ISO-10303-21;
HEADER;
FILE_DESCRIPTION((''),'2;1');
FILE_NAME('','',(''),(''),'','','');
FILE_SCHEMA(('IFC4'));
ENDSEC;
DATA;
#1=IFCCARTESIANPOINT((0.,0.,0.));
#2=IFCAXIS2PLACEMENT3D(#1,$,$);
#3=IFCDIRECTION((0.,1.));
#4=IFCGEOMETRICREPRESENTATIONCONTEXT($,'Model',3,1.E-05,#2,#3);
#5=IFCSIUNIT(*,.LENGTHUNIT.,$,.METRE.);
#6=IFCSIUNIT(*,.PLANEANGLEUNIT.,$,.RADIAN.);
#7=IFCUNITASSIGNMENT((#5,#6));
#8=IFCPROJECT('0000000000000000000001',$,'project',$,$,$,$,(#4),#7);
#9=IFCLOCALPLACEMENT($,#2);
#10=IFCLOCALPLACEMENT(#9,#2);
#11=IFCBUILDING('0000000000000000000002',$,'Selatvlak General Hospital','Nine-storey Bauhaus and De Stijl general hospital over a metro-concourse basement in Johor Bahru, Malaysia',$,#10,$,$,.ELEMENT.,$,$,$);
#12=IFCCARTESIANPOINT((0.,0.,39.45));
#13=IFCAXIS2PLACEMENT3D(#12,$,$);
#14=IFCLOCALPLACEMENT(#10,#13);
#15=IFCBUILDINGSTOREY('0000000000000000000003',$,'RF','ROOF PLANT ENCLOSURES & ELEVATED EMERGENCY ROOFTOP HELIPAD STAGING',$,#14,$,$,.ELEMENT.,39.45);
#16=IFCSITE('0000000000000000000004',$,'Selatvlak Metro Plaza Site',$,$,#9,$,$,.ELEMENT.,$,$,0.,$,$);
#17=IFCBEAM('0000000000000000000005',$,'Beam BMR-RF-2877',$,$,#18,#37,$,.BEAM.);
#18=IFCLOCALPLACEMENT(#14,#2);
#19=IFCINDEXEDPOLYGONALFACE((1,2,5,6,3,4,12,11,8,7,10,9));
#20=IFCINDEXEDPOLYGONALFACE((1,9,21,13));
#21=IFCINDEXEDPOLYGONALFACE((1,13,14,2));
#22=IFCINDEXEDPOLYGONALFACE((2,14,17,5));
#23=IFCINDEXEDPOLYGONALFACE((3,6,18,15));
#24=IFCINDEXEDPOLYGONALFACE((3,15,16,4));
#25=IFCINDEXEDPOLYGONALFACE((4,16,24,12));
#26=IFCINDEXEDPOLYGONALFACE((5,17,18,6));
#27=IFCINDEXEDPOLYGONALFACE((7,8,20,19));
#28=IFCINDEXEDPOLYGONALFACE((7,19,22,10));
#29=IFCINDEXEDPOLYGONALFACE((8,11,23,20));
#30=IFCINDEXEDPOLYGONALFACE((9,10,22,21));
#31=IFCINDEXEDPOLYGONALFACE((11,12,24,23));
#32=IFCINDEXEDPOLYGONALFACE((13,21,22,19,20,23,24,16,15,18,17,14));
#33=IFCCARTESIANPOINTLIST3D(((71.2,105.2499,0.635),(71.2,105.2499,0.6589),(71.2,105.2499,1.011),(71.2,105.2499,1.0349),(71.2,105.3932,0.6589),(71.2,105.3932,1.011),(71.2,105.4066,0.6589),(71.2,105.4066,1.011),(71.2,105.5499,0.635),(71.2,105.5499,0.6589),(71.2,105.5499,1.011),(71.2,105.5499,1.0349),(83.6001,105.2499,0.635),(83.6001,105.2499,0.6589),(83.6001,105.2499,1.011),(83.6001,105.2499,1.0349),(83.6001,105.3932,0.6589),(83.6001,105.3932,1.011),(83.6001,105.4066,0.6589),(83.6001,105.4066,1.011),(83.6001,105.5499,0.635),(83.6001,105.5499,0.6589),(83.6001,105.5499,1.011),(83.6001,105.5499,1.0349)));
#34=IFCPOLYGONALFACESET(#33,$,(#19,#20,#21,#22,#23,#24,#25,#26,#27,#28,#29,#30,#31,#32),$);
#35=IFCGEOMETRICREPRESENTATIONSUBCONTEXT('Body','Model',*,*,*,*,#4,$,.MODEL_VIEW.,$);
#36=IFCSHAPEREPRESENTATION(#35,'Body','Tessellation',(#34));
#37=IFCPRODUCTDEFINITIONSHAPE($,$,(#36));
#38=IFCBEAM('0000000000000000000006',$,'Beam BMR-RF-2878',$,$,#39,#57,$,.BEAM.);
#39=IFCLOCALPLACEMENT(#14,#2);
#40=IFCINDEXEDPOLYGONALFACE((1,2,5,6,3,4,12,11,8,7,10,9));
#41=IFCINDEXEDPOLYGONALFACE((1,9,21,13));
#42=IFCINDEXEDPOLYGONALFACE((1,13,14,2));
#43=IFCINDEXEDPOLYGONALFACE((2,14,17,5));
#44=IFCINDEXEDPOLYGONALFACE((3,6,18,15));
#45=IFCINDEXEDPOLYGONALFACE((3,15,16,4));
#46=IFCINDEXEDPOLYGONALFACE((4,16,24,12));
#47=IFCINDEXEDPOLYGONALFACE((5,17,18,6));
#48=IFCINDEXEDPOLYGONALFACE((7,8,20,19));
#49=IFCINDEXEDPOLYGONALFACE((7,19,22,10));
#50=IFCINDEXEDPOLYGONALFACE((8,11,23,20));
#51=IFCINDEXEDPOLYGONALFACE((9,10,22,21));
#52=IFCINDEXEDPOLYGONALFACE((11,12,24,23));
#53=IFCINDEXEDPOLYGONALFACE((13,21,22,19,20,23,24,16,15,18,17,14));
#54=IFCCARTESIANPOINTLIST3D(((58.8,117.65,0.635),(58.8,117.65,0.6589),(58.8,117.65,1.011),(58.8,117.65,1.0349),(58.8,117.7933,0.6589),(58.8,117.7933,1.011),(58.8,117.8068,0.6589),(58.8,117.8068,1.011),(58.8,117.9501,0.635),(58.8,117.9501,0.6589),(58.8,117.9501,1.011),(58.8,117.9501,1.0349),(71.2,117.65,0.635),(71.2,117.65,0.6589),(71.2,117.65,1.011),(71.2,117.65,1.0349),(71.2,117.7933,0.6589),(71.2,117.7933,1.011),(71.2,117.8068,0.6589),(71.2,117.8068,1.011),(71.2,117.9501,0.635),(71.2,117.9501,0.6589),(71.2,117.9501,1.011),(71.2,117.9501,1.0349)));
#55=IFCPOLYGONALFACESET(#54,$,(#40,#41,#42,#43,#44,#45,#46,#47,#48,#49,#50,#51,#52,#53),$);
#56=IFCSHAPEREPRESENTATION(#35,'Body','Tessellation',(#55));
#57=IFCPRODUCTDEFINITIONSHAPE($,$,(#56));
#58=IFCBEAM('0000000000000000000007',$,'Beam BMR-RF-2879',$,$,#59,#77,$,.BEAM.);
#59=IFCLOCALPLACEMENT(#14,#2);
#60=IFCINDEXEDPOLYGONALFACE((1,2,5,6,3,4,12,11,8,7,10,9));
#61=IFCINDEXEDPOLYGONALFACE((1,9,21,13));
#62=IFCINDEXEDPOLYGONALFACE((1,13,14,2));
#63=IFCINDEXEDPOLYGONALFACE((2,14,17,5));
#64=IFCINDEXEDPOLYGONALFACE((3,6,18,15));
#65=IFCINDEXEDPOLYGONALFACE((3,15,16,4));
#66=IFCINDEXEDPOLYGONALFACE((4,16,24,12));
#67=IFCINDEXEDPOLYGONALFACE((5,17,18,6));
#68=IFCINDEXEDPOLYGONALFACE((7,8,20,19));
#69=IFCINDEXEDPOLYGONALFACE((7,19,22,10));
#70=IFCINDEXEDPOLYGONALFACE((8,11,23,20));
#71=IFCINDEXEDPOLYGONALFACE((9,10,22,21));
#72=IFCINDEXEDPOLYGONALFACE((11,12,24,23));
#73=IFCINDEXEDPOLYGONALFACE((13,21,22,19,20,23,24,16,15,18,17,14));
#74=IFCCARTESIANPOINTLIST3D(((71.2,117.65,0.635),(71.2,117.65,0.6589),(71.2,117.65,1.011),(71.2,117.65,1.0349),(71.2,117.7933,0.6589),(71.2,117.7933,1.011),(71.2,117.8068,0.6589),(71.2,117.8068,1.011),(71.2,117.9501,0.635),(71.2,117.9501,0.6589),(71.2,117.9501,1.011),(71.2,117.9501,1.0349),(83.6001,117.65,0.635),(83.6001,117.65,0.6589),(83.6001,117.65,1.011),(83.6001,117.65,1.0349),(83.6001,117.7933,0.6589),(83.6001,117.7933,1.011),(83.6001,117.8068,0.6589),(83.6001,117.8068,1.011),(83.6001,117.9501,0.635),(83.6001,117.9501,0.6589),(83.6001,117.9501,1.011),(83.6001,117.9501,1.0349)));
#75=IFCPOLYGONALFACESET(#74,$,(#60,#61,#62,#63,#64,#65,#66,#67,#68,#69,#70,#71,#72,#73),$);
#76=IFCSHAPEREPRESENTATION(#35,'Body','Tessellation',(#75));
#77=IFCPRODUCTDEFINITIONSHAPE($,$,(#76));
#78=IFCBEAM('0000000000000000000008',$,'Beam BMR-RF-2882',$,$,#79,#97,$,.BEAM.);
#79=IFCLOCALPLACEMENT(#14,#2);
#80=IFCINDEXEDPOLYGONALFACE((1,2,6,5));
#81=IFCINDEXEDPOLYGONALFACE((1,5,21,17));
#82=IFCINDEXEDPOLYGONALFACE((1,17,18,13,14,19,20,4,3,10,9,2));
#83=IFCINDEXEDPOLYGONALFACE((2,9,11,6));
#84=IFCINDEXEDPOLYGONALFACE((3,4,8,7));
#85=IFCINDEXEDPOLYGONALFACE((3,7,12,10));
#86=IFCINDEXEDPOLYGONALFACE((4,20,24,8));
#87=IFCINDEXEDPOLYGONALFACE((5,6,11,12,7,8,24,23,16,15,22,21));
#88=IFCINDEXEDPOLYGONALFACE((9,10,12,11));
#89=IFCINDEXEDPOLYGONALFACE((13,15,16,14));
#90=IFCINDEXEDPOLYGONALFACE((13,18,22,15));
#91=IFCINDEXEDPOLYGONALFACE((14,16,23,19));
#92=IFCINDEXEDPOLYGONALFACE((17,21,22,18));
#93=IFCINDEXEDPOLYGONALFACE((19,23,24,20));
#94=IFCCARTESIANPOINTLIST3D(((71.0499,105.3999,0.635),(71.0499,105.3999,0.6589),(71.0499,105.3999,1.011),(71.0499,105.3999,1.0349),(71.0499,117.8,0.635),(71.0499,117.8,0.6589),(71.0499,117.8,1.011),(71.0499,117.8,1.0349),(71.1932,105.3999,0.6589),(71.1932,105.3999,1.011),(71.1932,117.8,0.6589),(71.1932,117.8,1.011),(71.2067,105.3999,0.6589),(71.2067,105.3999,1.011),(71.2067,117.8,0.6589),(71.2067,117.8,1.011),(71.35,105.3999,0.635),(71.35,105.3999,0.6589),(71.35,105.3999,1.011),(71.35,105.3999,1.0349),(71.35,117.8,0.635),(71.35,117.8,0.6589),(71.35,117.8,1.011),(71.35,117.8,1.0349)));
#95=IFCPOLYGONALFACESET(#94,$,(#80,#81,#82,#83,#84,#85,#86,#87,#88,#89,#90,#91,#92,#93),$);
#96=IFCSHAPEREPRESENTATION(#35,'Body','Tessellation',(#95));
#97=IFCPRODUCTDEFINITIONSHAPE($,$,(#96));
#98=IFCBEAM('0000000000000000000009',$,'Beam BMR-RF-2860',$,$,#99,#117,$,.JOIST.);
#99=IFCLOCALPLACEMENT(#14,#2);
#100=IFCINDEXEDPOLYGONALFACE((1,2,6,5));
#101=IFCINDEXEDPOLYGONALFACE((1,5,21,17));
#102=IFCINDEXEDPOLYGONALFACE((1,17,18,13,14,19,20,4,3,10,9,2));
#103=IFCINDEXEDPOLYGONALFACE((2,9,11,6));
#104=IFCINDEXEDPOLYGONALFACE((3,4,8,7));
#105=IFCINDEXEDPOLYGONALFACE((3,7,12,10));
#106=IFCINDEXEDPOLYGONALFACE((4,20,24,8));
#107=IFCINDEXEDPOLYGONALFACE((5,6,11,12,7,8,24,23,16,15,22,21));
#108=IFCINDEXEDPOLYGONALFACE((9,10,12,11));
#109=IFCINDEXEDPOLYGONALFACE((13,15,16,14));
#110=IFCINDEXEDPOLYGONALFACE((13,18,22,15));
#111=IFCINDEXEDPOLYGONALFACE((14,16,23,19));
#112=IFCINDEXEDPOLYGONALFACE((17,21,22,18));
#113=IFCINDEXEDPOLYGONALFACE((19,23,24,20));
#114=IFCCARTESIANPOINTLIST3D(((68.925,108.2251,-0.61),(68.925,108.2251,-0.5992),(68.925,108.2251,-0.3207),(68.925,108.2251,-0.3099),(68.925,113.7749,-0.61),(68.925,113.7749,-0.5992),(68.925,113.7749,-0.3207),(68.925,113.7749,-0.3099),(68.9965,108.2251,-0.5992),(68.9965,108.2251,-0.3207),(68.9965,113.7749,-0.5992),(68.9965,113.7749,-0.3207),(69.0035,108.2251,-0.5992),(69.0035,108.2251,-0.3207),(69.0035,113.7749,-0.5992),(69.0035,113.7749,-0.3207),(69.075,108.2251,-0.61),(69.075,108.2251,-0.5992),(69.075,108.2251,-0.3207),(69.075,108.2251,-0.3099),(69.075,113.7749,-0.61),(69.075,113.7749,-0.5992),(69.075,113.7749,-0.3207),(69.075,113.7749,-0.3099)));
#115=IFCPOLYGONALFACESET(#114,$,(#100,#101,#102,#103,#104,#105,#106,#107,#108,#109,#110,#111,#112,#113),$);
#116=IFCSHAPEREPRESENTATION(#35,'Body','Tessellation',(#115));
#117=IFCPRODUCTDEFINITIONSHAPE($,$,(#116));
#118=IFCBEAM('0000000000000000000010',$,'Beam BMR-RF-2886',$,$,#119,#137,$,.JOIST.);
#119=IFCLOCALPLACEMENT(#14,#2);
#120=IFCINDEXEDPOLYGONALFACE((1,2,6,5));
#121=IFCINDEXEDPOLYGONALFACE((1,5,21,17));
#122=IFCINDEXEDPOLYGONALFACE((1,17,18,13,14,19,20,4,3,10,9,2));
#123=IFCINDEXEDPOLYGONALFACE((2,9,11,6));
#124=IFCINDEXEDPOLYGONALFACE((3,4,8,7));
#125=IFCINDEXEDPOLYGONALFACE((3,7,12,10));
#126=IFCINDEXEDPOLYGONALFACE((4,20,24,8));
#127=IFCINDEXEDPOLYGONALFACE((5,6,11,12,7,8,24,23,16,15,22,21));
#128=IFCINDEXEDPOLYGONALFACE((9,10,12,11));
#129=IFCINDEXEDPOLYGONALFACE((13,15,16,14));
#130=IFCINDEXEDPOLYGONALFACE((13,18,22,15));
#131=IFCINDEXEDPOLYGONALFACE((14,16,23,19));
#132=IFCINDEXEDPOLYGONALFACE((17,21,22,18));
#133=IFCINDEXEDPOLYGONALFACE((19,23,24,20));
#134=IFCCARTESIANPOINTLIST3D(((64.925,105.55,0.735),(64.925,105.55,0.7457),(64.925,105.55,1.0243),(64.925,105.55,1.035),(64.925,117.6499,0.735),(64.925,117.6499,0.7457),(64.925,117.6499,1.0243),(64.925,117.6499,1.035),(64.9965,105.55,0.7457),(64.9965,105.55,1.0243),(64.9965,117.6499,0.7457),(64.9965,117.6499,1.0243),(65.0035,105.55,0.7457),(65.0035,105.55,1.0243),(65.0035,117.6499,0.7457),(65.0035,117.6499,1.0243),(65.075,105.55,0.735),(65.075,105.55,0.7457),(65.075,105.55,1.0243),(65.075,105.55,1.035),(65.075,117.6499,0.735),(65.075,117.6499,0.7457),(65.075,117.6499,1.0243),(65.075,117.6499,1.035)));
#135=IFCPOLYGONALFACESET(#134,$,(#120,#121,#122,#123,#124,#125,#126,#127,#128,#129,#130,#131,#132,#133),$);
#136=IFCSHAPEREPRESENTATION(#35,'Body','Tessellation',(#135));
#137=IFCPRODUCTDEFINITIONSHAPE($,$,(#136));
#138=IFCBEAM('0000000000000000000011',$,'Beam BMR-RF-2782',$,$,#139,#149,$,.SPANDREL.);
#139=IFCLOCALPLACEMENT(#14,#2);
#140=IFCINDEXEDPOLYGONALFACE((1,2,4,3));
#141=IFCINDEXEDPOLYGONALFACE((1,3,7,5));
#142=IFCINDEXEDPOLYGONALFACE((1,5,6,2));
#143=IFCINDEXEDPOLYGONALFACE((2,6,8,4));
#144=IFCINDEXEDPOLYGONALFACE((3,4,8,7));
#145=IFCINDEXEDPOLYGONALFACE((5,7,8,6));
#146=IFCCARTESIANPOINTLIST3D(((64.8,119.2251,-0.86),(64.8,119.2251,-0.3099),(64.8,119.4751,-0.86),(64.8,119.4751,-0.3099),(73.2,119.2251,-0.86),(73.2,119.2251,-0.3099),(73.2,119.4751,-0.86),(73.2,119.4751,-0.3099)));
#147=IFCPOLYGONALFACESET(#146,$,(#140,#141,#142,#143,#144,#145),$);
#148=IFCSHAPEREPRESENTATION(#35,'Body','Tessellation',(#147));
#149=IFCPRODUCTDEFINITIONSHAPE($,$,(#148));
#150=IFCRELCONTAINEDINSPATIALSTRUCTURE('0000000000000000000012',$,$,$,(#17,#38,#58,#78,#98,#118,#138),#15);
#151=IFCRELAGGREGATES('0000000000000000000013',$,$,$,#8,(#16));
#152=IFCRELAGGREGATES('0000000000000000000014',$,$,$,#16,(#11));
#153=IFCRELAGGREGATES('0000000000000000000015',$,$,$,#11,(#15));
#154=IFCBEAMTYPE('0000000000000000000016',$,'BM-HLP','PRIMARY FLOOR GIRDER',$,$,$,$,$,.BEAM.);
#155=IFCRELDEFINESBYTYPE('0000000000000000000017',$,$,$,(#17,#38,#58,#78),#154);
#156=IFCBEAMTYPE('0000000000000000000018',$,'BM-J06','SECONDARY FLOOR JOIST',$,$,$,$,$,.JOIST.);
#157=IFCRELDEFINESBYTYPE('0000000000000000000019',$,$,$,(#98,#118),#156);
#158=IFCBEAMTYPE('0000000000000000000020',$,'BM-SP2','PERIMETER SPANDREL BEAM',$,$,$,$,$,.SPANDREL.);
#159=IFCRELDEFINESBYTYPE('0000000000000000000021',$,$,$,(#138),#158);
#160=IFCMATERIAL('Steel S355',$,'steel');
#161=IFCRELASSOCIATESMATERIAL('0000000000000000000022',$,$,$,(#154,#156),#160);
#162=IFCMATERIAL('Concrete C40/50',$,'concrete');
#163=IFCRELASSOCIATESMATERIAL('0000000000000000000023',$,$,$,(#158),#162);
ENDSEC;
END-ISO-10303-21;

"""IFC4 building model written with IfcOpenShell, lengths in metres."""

from ifc_helpers import new_model, si_unit, direction, frame, origin, origin_2d, place, context, subcontext, project, spatial, rectangle, i_section, extrude, material, material_profile, profile_set, type_object, element, save


model = new_model("IFC4")

# Units and contexts
model_context = context("Model", 3, precision=1e-05, world=origin(), true_north=direction((0.0, 1.0)))
body_context = subcontext(model_context, "Body", "Model", "MODEL_VIEW")
ifc_project = project(units=[si_unit("LENGTHUNIT", "METRE"), si_unit("PLANEANGLEUNIT", "RADIAN")], contexts=[model_context])

# Site, building, storey
site_placement = place(None, origin())
site = spatial("IfcSite", under=ifc_project, at=site_placement, Name="Selatvlak Metro Plaza Site", CompositionType="ELEMENT", RefElevation=0.0)
building_placement = place(site_placement, origin())
building = spatial("IfcBuilding", under=site, at=building_placement, Name="Selatvlak General Hospital", Description="Nine-storey Bauhaus and De Stijl general hospital over a metro-concourse basement in Johor Bahru, Malaysia", CompositionType="ELEMENT")
storey_placement = place(building_placement, frame((0.0, 0.0, 39.45)))
storey = spatial("IfcBuildingStorey", under=building, at=storey_placement, Name="RF", Description="ROOF PLANT ENCLOSURES & ELEVATED EMERGENCY ROOFTOP HELIPAD STAGING", CompositionType="ELEMENT", Elevation=39.45)

# Shared definitions
ifc_material_1 = material(Name="Steel S355", Category="steel")

# Beams
ifc_material_2 = material(Name="Concrete C40/50", Category="concrete")
ifc_material_profile_1 = material_profile(ifc_material_1, i_section(OverallWidth=0.3, OverallDepth=0.3999, WebThickness=0.0134, FlangeThickness=0.0239, at=origin_2d()), Name="HEB 400")
ifc_profile_set_1 = profile_set([ifc_material_profile_1], Name="Steel S355")
beam_type_1 = type_object("IfcBeamType", Name="BM-HLP", Description="PRIMARY FLOOR GIRDER", PredefinedType="BEAM", material=ifc_profile_set_1)
beam_1_placement = place(storey_placement, frame((71.2, 105.3999, 0.835), z_axis=(1.0, 0.0, 0.0), x_axis=(0.0, 1.0, 0.0)))
element("IfcBeam", 1, at=beam_1_placement, inside=storey, type_object=beam_type_1, Name="Beam BMR-RF-2877", PredefinedType="BEAM", context=body_context, shape_type="SweptSolid", body=[
    extrude(i_section(OverallWidth=0.3, OverallDepth=0.3999, WebThickness=0.0134, FlangeThickness=0.0239, at=origin_2d()), origin(), (0.0, 0.0, 1.0), 12.4001),
])
beam_2_placement = place(storey_placement, frame((58.8, 117.8, 0.835), z_axis=(1.0, 0.0, 0.0), x_axis=(0.0, 1.0, 0.0)))
element("IfcBeam", 2, at=beam_2_placement, inside=storey, type_object=beam_type_1, Name="Beam BMR-RF-2878", PredefinedType="BEAM", context=body_context, shape_type="SweptSolid", body=[
    extrude(i_section(OverallWidth=0.3, OverallDepth=0.3999, WebThickness=0.0134, FlangeThickness=0.0239, at=origin_2d()), origin(), (0.0, 0.0, 1.0), 12.3999),
])
for number, where, z_axis, x_axis, name in (
    (3, (71.2, 117.8, 0.835), (1.0, 0.0, 0.0), (0.0, 1.0, 0.0), "Beam BMR-RF-2879"),
    (4, (71.2, 105.3999, 0.835), (0.0, 1.0, 0.0), (-1.0, 0.0, 0.0), "Beam BMR-RF-2882"),
):
    element("IfcBeam", number, at=place(storey_placement, frame(where, z_axis=z_axis, x_axis=x_axis)), inside=storey, type_object=beam_type_1, Name=name, PredefinedType="BEAM", context=body_context, shape_type="SweptSolid", body=[
        extrude(i_section(OverallWidth=0.3, OverallDepth=0.3999, WebThickness=0.0134, FlangeThickness=0.0239, at=origin_2d()), origin(), (0.0, 0.0, 1.0), 12.4001),
    ])
ifc_material_profile_2 = material_profile(ifc_material_1, i_section(OverallWidth=0.1499, OverallDepth=0.3, WebThickness=0.0071, FlangeThickness=0.0107, at=origin_2d()), Name="IPE 300")
ifc_profile_set_2 = profile_set([ifc_material_profile_2], Name="Steel S355")
beam_type_2 = type_object("IfcBeamType", Name="BM-J06", Description="SECONDARY FLOOR JOIST", PredefinedType="JOIST", material=ifc_profile_set_2)
beam_3_placement = place(storey_placement, frame((69.0, 108.2251, -0.46), z_axis=(0.0, 1.0, 0.0), x_axis=(-1.0, 0.0, 0.0)))
element("IfcBeam", 5, at=beam_3_placement, inside=storey, type_object=beam_type_2, Name="Beam BMR-RF-2860", PredefinedType="JOIST", context=body_context, shape_type="SweptSolid", body=[
    extrude(i_section(OverallWidth=0.1499, OverallDepth=0.3, WebThickness=0.0071, FlangeThickness=0.0107, at=origin_2d()), origin(), (0.0, 0.0, 1.0), 5.5498),
])
beam_4_placement = place(storey_placement, frame((65.0, 105.55, 0.885), z_axis=(0.0, 1.0, 0.0), x_axis=(-1.0, 0.0, 0.0)))
element("IfcBeam", 6, at=beam_4_placement, inside=storey, type_object=beam_type_2, Name="Beam BMR-RF-2886", PredefinedType="JOIST", context=body_context, shape_type="SweptSolid", body=[
    extrude(i_section(OverallWidth=0.1499, OverallDepth=0.3, WebThickness=0.0071, FlangeThickness=0.0107, at=origin_2d()), origin(), (0.0, 0.0, 1.0), 12.0999),
])
ifc_material_profile_3 = material_profile(ifc_material_2, rectangle(XDim=0.25, YDim=0.55, at=origin_2d()), Name="RC-SP 250x550")
ifc_profile_set_3 = profile_set([ifc_material_profile_3], Name="Concrete C40/50")
beam_type_3 = type_object("IfcBeamType", Name="BM-SP2", Description="PERIMETER SPANDREL BEAM", PredefinedType="SPANDREL", material=ifc_profile_set_3)
beam_5_placement = place(storey_placement, frame((64.8, 119.3501, -0.585), z_axis=(1.0, 0.0, 0.0), x_axis=(0.0, 1.0, 0.0)))
element("IfcBeam", 7, at=beam_5_placement, inside=storey, type_object=beam_type_3, Name="Beam BMR-RF-2782", PredefinedType="SPANDREL", context=body_context, shape_type="SweptSolid", body=[
    extrude(rectangle(XDim=0.25, YDim=0.55, at=origin_2d()), origin(), (0.0, 0.0, 1.0), 8.3999),
])

save(model, "model.ifc")
